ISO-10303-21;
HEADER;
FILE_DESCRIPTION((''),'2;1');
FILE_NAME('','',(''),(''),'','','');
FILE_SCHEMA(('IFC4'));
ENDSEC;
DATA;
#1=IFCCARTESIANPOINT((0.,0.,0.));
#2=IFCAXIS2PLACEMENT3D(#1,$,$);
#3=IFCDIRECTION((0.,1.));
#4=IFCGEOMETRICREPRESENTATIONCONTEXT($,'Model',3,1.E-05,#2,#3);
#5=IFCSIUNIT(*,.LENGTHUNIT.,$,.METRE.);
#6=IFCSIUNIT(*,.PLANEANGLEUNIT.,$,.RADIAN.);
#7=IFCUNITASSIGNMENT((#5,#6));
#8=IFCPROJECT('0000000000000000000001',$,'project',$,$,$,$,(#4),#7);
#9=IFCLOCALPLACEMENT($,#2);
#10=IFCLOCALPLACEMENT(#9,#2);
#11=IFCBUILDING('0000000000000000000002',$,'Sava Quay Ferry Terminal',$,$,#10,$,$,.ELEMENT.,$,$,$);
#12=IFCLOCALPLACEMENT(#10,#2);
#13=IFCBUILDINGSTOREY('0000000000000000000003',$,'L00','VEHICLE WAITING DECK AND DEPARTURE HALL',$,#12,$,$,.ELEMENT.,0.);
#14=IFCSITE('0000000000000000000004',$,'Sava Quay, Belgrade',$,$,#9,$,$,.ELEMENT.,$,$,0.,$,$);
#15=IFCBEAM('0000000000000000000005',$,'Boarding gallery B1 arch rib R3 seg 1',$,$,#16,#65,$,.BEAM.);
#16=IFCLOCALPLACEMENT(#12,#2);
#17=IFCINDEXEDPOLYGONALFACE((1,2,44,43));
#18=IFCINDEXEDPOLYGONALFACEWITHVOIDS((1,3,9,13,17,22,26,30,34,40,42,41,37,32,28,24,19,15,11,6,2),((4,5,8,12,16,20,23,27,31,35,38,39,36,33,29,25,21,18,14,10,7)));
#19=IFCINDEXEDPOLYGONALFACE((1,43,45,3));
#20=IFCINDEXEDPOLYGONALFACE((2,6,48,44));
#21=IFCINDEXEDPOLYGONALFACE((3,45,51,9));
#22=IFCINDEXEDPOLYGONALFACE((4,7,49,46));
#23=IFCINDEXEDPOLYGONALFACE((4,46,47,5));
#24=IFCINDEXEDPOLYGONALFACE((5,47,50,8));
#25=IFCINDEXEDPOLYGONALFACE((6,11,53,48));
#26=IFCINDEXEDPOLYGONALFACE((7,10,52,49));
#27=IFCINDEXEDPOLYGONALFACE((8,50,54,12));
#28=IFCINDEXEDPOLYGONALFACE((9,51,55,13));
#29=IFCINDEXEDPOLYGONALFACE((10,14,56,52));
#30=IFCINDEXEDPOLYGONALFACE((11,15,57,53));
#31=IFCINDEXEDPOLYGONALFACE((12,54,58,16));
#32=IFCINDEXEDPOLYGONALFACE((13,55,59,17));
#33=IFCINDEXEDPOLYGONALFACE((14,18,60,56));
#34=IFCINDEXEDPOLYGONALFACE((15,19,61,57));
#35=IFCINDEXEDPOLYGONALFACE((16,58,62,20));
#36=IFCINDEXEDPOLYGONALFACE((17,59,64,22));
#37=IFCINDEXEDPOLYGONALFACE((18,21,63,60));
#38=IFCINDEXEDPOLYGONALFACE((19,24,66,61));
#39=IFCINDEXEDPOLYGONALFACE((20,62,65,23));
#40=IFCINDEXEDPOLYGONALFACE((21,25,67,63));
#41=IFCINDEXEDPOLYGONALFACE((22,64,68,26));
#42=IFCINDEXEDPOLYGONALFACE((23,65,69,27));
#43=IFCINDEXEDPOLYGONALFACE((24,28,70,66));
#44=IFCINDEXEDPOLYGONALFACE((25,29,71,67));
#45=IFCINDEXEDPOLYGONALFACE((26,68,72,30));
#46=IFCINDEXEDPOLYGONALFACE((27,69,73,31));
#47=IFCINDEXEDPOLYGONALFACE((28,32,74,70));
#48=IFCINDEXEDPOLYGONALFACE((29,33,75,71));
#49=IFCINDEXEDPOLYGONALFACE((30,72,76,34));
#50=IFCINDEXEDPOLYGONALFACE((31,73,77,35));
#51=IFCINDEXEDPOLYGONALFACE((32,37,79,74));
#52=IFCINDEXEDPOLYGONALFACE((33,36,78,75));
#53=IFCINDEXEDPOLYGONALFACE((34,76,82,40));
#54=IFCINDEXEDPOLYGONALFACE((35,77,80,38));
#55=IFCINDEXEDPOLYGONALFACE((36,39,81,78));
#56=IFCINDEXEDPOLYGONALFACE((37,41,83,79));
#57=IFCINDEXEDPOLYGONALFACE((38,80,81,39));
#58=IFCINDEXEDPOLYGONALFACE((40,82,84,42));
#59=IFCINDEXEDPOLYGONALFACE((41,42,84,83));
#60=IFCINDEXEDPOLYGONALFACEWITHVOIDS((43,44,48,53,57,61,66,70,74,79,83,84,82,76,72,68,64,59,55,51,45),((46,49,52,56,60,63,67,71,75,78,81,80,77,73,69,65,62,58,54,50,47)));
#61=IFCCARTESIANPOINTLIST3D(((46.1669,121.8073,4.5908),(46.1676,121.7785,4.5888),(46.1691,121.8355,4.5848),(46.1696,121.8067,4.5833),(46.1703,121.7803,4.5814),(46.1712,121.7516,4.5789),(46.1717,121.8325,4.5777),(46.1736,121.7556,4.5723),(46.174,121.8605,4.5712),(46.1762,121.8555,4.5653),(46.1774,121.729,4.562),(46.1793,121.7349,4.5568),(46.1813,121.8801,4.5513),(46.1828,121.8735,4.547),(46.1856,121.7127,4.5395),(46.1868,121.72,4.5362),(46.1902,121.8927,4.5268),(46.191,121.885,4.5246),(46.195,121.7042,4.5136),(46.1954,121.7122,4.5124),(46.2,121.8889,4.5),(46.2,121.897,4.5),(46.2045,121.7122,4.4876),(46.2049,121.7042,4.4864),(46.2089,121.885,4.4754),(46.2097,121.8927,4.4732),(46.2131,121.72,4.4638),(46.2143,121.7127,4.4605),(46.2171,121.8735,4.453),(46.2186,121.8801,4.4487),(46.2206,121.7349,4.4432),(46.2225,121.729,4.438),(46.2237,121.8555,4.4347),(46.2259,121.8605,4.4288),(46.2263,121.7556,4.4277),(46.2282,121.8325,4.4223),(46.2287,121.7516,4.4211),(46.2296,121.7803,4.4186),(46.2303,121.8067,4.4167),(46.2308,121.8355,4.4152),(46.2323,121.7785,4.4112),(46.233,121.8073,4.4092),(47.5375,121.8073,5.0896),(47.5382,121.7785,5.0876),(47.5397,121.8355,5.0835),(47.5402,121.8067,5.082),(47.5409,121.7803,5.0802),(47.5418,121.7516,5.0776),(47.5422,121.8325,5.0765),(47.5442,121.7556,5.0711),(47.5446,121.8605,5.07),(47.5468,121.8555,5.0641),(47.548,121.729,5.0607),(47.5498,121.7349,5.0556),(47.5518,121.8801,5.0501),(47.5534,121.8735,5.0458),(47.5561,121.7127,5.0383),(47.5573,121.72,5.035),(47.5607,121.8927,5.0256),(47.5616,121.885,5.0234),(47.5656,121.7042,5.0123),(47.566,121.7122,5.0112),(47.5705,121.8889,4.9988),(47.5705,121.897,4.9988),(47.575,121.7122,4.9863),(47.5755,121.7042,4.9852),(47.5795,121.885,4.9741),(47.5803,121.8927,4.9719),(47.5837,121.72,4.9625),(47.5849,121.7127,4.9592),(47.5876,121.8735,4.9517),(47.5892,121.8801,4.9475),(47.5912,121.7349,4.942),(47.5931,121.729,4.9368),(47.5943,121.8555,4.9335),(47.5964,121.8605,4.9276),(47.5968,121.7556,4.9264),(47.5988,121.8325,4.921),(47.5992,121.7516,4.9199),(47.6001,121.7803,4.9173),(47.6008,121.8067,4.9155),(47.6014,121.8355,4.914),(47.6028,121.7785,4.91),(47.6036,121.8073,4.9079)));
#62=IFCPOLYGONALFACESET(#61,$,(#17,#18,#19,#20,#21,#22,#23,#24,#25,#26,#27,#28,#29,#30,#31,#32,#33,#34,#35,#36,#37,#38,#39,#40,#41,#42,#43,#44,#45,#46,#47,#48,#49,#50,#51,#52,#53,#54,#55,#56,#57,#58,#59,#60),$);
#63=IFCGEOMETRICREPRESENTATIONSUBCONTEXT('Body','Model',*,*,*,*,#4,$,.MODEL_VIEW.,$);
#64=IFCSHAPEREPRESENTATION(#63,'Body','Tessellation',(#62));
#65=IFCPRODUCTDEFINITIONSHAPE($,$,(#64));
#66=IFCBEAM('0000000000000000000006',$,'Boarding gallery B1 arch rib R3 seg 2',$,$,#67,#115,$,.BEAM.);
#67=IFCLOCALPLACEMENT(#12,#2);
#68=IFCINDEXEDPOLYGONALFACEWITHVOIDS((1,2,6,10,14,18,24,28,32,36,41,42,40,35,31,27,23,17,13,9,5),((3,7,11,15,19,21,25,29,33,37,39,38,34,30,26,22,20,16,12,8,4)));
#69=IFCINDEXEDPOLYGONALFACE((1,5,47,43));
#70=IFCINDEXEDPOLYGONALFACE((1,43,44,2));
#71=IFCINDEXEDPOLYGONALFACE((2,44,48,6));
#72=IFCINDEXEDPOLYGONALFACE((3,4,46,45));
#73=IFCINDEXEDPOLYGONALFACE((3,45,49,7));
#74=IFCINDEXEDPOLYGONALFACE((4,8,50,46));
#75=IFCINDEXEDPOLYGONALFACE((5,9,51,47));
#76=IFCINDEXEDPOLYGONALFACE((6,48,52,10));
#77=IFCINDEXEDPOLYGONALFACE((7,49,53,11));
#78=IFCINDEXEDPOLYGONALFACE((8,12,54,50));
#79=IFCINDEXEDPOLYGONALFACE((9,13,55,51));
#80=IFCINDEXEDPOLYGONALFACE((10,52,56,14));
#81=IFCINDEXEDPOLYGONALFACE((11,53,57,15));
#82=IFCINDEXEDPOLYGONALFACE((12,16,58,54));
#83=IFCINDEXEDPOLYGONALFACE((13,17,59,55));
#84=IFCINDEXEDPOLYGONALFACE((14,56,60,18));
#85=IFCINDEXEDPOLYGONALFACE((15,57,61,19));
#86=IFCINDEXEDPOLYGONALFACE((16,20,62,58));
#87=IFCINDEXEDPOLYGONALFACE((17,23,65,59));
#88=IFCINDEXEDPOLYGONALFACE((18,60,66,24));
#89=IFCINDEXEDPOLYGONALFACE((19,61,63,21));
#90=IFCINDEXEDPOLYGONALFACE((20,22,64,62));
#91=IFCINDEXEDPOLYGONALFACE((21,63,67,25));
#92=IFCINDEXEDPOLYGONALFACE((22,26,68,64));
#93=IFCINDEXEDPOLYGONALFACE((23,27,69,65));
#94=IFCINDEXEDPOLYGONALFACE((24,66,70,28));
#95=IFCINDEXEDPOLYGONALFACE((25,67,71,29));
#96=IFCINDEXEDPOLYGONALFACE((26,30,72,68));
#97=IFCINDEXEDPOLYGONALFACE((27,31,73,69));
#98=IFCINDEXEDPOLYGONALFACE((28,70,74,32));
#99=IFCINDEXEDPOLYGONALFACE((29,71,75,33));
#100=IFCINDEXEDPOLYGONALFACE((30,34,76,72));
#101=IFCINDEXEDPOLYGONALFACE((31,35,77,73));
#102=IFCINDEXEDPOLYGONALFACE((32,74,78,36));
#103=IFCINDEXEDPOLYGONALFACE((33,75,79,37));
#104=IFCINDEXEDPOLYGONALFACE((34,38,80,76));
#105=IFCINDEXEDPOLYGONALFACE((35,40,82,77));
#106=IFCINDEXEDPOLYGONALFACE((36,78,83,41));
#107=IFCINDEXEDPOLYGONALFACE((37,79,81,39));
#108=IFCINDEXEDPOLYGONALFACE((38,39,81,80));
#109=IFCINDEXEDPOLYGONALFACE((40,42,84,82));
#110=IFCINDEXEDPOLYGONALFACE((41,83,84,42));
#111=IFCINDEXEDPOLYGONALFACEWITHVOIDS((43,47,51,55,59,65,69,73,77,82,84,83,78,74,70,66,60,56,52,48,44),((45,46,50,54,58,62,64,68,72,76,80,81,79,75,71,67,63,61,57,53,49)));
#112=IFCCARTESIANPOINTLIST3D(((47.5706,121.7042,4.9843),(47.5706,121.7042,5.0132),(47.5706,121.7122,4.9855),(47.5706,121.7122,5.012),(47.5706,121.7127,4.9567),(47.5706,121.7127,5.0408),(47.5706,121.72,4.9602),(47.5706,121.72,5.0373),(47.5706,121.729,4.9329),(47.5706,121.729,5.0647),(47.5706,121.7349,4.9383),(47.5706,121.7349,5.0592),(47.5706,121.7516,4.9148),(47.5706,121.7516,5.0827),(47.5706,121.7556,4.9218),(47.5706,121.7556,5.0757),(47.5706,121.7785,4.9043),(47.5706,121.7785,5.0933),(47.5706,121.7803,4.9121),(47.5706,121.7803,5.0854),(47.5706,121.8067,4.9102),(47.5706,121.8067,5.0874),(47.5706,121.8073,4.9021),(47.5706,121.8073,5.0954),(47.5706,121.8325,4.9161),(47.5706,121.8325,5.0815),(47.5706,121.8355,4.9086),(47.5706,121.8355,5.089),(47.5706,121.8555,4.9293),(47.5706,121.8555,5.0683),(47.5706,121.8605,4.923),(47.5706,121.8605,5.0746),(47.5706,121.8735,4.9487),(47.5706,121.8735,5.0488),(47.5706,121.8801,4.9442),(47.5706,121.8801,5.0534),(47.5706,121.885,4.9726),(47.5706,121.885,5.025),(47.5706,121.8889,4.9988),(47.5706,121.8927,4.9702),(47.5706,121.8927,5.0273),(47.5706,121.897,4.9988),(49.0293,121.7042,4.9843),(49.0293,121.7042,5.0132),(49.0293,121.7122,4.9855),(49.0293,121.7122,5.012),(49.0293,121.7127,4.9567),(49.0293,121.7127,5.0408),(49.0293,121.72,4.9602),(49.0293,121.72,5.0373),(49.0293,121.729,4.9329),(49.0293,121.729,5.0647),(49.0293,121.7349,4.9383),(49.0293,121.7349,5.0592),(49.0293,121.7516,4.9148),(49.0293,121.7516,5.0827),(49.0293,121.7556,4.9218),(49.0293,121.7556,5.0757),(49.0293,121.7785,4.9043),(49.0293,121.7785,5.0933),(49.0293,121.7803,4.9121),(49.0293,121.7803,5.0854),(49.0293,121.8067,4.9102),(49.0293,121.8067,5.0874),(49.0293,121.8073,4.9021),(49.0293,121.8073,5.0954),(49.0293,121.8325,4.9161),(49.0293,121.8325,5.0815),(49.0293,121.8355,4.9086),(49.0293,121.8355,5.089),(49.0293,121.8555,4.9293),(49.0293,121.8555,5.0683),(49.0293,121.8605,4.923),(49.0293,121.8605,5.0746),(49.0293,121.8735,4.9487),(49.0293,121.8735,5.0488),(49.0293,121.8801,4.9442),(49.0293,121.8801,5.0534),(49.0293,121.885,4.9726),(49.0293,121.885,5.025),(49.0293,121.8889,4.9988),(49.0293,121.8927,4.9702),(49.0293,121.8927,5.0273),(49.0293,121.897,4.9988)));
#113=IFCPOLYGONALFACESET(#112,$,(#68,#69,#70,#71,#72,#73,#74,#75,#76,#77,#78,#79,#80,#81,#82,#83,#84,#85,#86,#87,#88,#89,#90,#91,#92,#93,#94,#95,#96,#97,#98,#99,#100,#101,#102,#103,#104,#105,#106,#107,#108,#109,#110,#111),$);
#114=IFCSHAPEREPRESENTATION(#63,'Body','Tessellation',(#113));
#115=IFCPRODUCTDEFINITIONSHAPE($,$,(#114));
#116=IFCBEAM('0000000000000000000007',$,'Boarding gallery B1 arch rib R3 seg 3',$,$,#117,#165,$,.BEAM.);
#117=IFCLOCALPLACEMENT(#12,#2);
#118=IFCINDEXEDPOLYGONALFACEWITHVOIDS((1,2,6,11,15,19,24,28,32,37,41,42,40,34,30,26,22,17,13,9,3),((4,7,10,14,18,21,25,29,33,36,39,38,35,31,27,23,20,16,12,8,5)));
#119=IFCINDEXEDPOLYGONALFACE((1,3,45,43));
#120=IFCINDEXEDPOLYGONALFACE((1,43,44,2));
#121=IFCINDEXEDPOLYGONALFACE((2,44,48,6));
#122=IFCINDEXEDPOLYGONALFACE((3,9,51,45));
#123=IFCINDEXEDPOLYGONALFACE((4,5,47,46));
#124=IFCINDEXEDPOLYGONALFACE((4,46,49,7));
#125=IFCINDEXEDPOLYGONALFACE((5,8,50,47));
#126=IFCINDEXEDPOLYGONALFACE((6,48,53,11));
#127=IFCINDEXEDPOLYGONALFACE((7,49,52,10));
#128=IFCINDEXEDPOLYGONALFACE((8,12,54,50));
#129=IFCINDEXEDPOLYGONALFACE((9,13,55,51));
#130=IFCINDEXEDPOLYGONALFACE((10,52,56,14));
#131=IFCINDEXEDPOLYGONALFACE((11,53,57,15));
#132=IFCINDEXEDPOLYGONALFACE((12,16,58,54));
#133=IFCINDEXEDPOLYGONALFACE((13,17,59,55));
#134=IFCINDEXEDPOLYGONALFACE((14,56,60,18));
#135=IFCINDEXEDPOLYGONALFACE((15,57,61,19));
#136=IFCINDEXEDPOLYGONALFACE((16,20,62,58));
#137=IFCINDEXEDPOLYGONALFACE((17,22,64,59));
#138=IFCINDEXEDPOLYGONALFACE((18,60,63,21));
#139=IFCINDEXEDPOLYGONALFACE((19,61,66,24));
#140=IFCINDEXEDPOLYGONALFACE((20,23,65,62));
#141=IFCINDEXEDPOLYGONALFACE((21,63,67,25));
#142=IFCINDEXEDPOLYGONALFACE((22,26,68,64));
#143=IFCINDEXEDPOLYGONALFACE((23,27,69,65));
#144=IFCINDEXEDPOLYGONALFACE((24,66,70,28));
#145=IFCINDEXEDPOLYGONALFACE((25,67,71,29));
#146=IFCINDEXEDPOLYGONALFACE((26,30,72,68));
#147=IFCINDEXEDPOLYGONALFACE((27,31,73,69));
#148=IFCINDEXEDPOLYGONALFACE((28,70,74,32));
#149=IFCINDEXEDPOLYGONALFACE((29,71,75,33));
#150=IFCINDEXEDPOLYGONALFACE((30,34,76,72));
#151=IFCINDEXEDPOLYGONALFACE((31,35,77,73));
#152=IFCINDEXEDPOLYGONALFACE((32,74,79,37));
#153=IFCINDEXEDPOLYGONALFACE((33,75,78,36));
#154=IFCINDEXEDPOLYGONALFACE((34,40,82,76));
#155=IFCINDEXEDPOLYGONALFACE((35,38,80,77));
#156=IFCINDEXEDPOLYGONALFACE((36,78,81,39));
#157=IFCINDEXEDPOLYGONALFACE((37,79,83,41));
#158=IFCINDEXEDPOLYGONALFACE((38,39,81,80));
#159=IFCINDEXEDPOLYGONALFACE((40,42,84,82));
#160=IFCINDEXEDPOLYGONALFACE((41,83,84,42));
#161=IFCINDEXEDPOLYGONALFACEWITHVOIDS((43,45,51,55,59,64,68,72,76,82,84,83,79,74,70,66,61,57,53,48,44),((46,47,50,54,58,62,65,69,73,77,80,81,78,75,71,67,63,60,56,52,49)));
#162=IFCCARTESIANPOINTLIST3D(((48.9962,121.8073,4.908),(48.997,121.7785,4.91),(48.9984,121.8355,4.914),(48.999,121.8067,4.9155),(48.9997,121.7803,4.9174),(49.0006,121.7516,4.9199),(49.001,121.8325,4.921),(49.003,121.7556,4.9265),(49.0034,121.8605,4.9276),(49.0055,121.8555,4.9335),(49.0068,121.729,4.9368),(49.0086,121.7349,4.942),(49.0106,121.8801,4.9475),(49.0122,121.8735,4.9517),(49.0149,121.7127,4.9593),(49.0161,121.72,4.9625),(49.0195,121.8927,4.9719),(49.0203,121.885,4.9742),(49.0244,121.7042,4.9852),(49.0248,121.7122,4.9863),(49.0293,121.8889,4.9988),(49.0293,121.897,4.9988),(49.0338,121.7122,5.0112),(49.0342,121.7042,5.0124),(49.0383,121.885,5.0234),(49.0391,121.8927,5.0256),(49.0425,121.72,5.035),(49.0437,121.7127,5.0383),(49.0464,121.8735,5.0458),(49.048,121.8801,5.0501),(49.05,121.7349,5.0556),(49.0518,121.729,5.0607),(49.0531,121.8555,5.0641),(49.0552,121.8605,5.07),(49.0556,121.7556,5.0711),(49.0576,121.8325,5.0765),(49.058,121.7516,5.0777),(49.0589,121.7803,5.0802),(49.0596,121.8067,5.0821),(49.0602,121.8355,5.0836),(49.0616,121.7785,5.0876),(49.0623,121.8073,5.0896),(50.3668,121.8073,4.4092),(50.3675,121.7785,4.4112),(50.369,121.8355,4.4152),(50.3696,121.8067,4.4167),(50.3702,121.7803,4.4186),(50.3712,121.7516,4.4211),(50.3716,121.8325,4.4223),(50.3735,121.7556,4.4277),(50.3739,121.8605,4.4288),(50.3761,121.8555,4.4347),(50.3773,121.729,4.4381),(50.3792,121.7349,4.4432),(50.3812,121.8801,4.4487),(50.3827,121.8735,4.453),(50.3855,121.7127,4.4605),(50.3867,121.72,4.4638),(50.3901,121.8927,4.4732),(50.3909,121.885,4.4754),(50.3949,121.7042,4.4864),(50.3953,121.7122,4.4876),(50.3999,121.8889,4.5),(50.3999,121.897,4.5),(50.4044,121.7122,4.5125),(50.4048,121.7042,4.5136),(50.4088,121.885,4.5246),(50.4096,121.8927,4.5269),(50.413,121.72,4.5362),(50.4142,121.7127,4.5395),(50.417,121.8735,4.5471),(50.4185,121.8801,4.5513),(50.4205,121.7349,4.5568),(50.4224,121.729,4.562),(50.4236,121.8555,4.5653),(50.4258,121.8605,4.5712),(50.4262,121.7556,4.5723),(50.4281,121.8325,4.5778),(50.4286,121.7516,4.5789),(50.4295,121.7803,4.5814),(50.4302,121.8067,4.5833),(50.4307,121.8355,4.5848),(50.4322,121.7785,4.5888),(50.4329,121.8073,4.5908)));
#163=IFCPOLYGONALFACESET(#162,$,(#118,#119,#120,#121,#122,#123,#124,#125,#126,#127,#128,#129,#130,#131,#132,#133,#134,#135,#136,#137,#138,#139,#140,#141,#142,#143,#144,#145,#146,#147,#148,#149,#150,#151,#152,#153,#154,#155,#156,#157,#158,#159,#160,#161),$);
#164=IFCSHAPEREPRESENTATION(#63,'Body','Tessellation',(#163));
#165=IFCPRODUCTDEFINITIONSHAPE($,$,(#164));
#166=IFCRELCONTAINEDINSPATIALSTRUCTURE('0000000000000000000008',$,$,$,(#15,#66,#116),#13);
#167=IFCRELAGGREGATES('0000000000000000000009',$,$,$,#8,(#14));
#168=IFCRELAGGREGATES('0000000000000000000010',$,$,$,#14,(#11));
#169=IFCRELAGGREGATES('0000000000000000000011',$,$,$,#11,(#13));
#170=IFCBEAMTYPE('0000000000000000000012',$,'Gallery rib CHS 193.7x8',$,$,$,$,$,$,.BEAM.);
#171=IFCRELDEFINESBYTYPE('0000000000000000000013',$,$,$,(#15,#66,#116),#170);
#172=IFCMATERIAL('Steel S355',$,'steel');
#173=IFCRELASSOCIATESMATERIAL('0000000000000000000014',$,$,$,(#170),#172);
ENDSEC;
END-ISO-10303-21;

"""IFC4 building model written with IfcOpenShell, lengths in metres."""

from ifc_helpers import new_model, si_unit, direction, frame, origin, origin_2d, place, context, subcontext, project, spatial, hollow_circle, extrude, material, material_profile, profile_set, type_object, element, save


model = new_model("IFC4")

# Units and contexts
model_context = context("Model", 3, precision=1e-05, world=origin(), true_north=direction((0.0, 1.0)))
body_context = subcontext(model_context, "Body", "Model", "MODEL_VIEW")
ifc_project = project(units=[si_unit("LENGTHUNIT", "METRE"), si_unit("PLANEANGLEUNIT", "RADIAN")], contexts=[model_context])

# Site, building, storey
site_placement = place(None, origin())
site = spatial("IfcSite", under=ifc_project, at=site_placement, Name="Sava Quay, Belgrade", CompositionType="ELEMENT", RefElevation=0.0)
building_placement = place(site_placement, origin())
building = spatial("IfcBuilding", under=site, at=building_placement, Name="Sava Quay Ferry Terminal", CompositionType="ELEMENT")
storey_placement = place(building_placement, origin())
storey = spatial("IfcBuildingStorey", under=building, at=storey_placement, Name="L00", Description="VEHICLE WAITING DECK AND DEPARTURE HALL", CompositionType="ELEMENT", Elevation=0.0)

# Beams
ifc_material_1 = material(Name="Steel S355", Category="steel")
ifc_material_profile_1 = material_profile(ifc_material_1, hollow_circle(Radius=0.0969, WallThickness=0.0081, at=origin_2d()), Name="CHS 193.7 x 8.0")
ifc_profile_set_1 = profile_set([ifc_material_profile_1], Name="Steel S355")
beam_type_1 = type_object("IfcBeamType", Name="Gallery rib CHS 193.7x8", PredefinedType="BEAM", material=ifc_profile_set_1)
beam_1_placement = place(storey_placement, frame((46.2, 121.8, 4.5), z_axis=(0.93971, 0.0, 0.341972), x_axis=(0.0, 1.0, 0.0)))
element("IfcBeam", 1, at=beam_1_placement, inside=storey, type_object=beam_type_1, Name="Boarding gallery B1 arch rib R3 seg 1", PredefinedType="BEAM", context=body_context, shape_type="SweptSolid", body=[
    extrude(hollow_circle(Radius=0.0969, WallThickness=0.0081, at=origin_2d()), origin(), (0.0, 0.0, 1.0), 1.4585),
])
beam_2_placement = place(storey_placement, frame((47.5706, 121.8, 4.9988), z_axis=(1.0, 0.0, 0.0), x_axis=(0.0, 1.0, 0.0)))
element("IfcBeam", 2, at=beam_2_placement, inside=storey, type_object=beam_type_1, Name="Boarding gallery B1 arch rib R3 seg 2", PredefinedType="BEAM", context=body_context, shape_type="SweptSolid", body=[
    extrude(hollow_circle(Radius=0.0969, WallThickness=0.0081, at=origin_2d()), origin(), (0.0, 0.0, 1.0), 1.4587),
])
for number, where, z_axis, x_axis, name in (
    (3, (49.0293, 121.8, 4.9988), (0.93971, 0.0, -0.341972), (0.0, 1.0, 0.0), "Boarding gallery B1 arch rib R3 seg 3"),
):
    element("IfcBeam", number, at=place(storey_placement, frame(where, z_axis=z_axis, x_axis=x_axis)), inside=storey, type_object=beam_type_1, Name=name, PredefinedType="BEAM", context=body_context, shape_type="SweptSolid", body=[
        extrude(hollow_circle(Radius=0.0969, WallThickness=0.0081, at=origin_2d()), origin(), (0.0, 0.0, 1.0), 1.4585),
    ])

save(model, "model.ifc")
